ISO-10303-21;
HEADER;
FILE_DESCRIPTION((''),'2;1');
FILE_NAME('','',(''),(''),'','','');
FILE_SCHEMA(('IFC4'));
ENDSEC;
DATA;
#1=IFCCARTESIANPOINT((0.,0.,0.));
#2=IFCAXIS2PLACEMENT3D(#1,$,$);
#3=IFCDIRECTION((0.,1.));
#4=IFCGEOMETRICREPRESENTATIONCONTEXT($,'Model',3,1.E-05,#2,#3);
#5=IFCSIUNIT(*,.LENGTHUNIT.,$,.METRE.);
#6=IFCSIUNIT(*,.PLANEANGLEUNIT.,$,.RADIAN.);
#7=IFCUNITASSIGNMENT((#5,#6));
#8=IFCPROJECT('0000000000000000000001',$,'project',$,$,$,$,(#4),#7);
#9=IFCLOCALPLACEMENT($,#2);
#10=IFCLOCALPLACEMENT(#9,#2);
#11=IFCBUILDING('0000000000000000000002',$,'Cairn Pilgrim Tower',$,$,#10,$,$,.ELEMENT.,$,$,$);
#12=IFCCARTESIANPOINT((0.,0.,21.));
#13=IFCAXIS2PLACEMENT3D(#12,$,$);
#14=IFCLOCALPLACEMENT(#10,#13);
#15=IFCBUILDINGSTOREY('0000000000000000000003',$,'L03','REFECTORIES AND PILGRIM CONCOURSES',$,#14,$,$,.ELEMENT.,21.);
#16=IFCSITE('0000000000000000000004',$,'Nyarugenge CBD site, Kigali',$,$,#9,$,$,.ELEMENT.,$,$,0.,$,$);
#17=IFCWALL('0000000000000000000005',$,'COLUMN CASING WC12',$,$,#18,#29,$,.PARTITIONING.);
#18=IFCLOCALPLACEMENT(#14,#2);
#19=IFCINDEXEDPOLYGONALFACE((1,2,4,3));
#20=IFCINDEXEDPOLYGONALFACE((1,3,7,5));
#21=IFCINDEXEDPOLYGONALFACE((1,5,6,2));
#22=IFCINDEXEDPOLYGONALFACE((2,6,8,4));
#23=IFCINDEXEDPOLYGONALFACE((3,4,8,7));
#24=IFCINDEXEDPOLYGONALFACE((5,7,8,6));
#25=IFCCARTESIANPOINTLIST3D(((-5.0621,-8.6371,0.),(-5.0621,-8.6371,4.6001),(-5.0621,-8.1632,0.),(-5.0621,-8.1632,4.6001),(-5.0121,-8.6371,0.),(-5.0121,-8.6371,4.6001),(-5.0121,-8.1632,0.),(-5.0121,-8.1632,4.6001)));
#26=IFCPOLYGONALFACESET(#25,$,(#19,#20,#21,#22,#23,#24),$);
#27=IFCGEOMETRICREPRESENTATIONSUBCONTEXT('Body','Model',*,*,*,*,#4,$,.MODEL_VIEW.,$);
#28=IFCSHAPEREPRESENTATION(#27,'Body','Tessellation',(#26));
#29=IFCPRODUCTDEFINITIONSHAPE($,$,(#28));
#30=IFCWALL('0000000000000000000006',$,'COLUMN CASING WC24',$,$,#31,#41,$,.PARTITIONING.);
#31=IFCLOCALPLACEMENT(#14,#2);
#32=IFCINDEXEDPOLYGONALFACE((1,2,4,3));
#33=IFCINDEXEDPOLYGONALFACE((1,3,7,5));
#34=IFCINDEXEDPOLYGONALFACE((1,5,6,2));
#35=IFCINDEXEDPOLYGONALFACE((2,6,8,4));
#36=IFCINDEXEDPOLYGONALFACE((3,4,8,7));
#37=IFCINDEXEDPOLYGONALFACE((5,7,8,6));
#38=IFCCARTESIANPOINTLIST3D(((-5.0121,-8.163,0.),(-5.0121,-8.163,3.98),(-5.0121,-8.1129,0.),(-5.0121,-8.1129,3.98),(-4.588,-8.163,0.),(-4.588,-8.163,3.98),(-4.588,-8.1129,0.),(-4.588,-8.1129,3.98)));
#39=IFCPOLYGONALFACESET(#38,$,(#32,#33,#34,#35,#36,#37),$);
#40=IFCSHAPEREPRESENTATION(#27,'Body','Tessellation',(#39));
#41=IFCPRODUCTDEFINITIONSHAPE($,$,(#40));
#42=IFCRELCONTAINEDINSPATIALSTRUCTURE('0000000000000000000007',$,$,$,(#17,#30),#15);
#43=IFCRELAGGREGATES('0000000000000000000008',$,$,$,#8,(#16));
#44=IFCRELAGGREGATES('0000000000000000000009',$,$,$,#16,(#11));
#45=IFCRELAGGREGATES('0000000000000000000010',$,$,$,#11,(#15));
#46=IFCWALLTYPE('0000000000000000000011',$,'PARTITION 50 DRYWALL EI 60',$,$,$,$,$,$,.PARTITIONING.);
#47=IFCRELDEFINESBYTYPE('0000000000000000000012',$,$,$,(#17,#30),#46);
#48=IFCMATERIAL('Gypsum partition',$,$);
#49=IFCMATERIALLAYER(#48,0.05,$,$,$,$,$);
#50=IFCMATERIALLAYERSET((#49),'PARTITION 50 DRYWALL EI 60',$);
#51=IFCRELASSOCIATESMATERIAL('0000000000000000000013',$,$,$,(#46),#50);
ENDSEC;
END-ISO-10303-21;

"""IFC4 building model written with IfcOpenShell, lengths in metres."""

from ifc_helpers import new_model, si_unit, direction, frame, frame_2d, origin, place, context, subcontext, project, spatial, rectangle, extrude, material, layer, layer_set, type_object, element, save


model = new_model("IFC4")

# Units and contexts
model_context = context("Model", 3, precision=1e-05, world=origin(), true_north=direction((0.0, 1.0)))
body_context = subcontext(model_context, "Body", "Model", "MODEL_VIEW")
ifc_project = project(units=[si_unit("LENGTHUNIT", "METRE"), si_unit("PLANEANGLEUNIT", "RADIAN")], contexts=[model_context])

# Site, building, storey
site_placement = place(None, origin())
site = spatial("IfcSite", under=ifc_project, at=site_placement, Name="Nyarugenge CBD site, Kigali", CompositionType="ELEMENT", RefElevation=0.0)
building_placement = place(site_placement, origin())
building = spatial("IfcBuilding", under=site, at=building_placement, Name="Cairn Pilgrim Tower", CompositionType="ELEMENT")
storey_placement = place(building_placement, frame((0.0, 0.0, 21.0)))
storey = spatial("IfcBuildingStorey", under=building, at=storey_placement, Name="L03", Description="REFECTORIES AND PILGRIM CONCOURSES", CompositionType="ELEMENT", Elevation=21.0)

# Shared definitions
ifc_material_1 = material(Name="Gypsum partition")

# Walls
ifc_layer_1 = layer(ifc_material_1, 0.05)
ifc_layer_set_1 = layer_set([ifc_layer_1], Name="PARTITION 50 DRYWALL EI 60")
wall_type_1 = type_object("IfcWallType", Name="PARTITION 50 DRYWALL EI 60", PredefinedType="PARTITIONING", material=ifc_layer_set_1)
wall_1_placement = place(storey_placement, frame((-5.0371, -8.637, 0.0), z_axis=(0.0, 0.0, 1.0), x_axis=(0.0, 1.0, 0.0)))
element("IfcWall", 1, at=wall_1_placement, inside=storey, type_object=wall_type_1, Name="COLUMN CASING WC12", PredefinedType="PARTITIONING", context=body_context, shape_type="SweptSolid", body=[
    extrude(rectangle(XDim=0.4739, YDim=0.05, at=frame_2d((0.2368, 0.0))), origin(), (0.0, 0.0, 1.0), 4.6001),
])
wall_2_placement = place(storey_placement, frame((-5.012, -8.1379, 0.0), z_axis=(0.0, 0.0, 1.0), x_axis=(1.0, 0.0, 0.0)))
element("IfcWall", 2, at=wall_2_placement, inside=storey, type_object=wall_type_1, Name="COLUMN CASING WC24", PredefinedType="PARTITIONING", context=body_context, shape_type="SweptSolid", body=[
    extrude(rectangle(XDim=0.4241, YDim=0.05, at=frame_2d((0.2119, 0.0))), origin(), (0.0, 0.0, 1.0), 3.98),
])

save(model, "model.ifc")
